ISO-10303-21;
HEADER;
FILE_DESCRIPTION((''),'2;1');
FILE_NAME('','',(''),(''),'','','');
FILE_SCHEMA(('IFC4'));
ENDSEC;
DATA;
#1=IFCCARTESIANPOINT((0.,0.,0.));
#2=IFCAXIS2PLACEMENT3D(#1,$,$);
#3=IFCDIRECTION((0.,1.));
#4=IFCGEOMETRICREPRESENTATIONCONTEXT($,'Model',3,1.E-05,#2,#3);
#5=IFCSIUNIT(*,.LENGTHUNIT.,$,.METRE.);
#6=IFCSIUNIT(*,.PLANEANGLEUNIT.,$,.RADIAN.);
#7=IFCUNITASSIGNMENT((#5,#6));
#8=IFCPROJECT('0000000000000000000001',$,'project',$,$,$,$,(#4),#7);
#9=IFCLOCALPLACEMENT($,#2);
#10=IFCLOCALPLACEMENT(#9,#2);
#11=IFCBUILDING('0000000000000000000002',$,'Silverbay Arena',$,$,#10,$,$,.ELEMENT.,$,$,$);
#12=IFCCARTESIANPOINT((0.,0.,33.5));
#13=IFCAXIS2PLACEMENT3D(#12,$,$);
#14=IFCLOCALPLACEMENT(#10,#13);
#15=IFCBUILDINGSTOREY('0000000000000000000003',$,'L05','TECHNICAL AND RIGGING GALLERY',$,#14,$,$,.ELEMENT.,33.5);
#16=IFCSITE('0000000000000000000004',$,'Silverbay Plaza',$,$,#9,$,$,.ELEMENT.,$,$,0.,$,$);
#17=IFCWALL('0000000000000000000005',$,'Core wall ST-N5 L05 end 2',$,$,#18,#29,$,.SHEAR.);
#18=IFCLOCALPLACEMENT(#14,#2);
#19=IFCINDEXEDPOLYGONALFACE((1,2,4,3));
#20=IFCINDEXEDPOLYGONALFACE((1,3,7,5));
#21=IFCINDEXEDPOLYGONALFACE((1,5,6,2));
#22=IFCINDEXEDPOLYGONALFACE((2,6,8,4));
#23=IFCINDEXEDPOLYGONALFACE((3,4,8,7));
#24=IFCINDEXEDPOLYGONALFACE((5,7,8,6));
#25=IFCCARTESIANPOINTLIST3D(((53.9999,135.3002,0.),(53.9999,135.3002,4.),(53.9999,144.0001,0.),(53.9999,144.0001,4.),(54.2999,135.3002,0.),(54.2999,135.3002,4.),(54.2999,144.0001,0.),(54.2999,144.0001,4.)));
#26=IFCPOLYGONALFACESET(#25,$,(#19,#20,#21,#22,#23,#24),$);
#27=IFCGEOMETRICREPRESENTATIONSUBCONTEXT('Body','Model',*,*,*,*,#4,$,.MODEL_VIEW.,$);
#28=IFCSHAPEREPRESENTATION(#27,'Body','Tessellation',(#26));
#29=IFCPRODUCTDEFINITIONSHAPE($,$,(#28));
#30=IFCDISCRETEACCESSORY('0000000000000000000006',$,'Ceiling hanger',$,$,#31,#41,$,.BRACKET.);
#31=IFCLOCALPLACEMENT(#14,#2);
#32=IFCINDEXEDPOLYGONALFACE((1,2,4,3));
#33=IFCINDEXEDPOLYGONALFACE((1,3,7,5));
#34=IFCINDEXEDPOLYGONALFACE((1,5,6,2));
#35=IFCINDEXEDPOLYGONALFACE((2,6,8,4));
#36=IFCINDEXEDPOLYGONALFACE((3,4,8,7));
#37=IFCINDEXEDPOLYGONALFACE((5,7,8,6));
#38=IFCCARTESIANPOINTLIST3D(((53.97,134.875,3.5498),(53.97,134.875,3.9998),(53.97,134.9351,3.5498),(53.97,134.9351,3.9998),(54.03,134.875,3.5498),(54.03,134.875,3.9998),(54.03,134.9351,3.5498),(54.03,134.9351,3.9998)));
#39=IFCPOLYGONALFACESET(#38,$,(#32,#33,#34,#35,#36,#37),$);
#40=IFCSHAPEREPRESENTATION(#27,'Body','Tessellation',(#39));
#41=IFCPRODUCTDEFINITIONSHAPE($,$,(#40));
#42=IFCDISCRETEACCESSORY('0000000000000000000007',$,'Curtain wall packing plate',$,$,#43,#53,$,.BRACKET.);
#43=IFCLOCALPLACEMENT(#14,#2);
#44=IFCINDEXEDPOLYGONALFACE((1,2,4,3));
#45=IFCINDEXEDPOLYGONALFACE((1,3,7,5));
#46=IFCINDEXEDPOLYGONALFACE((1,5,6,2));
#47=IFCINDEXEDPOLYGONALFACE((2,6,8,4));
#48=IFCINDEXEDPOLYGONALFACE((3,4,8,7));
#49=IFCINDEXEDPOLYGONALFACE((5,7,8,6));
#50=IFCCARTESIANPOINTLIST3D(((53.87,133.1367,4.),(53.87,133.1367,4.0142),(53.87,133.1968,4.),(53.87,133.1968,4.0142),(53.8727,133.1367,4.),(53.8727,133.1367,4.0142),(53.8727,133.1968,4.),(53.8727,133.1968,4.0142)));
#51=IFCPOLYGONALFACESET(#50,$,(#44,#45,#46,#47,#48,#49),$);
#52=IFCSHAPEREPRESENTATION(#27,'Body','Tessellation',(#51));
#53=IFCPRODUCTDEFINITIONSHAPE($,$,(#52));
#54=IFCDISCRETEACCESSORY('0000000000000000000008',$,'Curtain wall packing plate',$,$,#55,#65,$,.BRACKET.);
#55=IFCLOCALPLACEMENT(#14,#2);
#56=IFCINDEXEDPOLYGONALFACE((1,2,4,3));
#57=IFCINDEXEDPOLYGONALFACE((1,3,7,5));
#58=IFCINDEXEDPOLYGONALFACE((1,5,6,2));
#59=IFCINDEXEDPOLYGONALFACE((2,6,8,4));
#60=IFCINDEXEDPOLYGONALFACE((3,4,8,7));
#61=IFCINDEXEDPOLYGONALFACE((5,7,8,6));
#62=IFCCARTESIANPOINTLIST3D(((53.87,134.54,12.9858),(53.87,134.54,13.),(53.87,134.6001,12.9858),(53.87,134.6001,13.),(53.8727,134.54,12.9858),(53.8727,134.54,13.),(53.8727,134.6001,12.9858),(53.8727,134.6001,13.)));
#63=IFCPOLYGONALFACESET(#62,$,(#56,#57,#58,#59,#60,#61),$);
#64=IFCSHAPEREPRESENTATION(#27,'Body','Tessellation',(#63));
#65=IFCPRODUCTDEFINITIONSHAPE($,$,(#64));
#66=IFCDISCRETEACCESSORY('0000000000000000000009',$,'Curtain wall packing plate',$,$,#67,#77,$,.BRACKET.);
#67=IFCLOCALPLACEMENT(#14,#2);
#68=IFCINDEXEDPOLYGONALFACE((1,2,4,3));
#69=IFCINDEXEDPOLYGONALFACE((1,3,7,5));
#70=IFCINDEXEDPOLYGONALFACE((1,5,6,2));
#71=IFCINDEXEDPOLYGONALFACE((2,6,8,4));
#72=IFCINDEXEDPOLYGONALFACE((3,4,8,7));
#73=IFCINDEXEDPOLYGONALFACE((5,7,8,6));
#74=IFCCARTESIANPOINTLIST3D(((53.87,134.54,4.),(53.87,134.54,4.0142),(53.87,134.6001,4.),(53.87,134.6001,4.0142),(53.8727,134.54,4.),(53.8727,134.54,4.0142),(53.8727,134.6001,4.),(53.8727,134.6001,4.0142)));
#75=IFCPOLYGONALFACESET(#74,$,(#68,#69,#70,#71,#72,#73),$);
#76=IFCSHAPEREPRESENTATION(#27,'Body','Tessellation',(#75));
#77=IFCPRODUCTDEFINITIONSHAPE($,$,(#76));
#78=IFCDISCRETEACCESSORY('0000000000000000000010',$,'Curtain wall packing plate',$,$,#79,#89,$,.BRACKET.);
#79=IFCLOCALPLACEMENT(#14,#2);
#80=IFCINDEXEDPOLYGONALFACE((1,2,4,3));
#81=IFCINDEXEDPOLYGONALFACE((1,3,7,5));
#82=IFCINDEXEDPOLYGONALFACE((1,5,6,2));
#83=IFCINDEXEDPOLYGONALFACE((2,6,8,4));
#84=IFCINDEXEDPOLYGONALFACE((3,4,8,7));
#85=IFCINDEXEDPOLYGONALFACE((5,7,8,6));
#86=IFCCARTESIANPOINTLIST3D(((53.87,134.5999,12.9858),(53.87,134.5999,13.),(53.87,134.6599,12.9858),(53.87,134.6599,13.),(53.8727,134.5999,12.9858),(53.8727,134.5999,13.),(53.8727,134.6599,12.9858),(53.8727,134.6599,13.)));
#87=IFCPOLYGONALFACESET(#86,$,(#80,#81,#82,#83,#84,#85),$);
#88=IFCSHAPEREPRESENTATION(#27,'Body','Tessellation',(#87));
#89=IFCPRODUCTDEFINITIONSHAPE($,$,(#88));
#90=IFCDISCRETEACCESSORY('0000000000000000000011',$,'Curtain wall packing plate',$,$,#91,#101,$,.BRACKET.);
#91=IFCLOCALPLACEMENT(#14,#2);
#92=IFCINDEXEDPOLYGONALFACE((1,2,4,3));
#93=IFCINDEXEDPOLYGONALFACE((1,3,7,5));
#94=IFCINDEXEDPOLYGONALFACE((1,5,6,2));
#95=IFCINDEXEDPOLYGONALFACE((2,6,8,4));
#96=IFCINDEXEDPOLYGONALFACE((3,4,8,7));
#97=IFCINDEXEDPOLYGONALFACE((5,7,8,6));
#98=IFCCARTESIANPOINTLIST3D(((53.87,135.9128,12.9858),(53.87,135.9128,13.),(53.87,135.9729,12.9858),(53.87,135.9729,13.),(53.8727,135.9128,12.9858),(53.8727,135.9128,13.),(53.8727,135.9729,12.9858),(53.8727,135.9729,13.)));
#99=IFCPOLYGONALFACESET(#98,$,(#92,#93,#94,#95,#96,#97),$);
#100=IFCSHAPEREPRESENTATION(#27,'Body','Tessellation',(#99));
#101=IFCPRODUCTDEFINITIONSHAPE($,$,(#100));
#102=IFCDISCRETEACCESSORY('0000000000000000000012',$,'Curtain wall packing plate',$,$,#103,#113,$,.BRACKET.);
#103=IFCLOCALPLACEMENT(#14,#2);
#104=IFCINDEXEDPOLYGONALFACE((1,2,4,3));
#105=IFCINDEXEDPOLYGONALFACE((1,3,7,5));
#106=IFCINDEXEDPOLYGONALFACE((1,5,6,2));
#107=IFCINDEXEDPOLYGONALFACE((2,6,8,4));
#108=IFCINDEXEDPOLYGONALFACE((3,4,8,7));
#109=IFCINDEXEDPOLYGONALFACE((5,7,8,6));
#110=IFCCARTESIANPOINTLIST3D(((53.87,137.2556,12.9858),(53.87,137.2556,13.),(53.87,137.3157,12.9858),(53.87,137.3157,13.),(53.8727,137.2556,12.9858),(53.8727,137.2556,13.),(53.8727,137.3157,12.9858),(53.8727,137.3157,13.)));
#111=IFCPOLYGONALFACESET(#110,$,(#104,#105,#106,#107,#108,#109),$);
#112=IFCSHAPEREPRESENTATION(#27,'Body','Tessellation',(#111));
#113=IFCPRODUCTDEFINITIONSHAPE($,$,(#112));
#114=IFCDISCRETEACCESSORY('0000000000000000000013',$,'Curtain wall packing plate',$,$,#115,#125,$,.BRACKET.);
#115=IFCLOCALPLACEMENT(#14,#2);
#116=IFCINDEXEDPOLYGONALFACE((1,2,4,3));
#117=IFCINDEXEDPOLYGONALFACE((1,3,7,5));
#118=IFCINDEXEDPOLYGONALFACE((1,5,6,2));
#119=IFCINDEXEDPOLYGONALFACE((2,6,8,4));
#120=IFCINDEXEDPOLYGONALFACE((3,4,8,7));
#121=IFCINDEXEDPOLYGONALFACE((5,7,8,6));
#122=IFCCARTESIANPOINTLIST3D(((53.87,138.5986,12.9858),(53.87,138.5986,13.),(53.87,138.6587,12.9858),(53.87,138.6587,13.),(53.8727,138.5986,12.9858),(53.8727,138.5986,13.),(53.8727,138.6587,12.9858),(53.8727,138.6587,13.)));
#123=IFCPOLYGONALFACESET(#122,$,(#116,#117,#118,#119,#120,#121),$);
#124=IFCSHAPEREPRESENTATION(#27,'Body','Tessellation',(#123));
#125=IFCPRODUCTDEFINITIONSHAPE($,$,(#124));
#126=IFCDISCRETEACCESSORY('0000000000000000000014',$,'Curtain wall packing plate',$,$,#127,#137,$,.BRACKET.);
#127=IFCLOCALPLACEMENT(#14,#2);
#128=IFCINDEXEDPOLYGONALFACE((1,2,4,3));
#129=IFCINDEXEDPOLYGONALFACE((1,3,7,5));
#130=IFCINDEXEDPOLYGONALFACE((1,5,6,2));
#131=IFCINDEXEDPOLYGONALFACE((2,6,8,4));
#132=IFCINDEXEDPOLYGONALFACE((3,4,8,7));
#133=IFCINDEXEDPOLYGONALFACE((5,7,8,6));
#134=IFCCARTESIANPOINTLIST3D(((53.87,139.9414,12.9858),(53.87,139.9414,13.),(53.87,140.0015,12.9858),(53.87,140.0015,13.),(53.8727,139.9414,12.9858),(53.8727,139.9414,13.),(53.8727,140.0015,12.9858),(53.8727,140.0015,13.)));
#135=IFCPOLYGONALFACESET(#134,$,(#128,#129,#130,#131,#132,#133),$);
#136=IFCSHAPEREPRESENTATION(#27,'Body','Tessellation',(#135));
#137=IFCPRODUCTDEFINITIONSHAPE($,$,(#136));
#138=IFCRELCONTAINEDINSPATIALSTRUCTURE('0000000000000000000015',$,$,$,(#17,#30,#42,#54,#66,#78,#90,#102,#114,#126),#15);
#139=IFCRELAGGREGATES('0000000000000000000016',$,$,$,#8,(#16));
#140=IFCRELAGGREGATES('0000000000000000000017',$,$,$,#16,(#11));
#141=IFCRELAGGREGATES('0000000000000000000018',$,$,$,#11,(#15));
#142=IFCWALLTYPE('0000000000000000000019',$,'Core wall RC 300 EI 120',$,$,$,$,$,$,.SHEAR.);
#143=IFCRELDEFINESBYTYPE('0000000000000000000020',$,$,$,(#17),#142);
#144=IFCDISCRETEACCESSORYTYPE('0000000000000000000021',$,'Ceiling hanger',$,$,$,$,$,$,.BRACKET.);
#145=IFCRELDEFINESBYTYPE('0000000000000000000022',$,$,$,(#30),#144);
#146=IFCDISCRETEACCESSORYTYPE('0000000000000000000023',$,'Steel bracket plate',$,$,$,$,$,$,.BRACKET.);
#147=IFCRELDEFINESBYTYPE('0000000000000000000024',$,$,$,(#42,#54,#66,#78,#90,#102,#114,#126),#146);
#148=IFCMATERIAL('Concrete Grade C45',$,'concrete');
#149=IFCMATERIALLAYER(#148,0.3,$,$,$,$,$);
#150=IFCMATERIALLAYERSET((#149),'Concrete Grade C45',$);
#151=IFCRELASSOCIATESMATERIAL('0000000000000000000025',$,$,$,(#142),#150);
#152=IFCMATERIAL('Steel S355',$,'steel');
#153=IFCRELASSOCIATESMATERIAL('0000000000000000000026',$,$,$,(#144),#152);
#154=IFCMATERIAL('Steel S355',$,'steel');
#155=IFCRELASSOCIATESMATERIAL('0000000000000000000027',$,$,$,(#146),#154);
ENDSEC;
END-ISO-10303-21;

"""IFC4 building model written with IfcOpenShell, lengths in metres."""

from ifc_helpers import new_model, si_unit, direction, frame, frame_2d, origin, origin_2d, place, context, subcontext, project, spatial, rectangle, extrude, material, layer, layer_set, type_object, element, save


model = new_model("IFC4")

# Units and contexts
model_context = context("Model", 3, precision=1e-05, world=origin(), true_north=direction((0.0, 1.0)))
body_context = subcontext(model_context, "Body", "Model", "MODEL_VIEW")
ifc_project = project(units=[si_unit("LENGTHUNIT", "METRE"), si_unit("PLANEANGLEUNIT", "RADIAN")], contexts=[model_context])

# Site, building, storey
site_placement = place(None, origin())
site = spatial("IfcSite", under=ifc_project, at=site_placement, Name="Silverbay Plaza", CompositionType="ELEMENT", RefElevation=0.0)
building_placement = place(site_placement, origin())
building = spatial("IfcBuilding", under=site, at=building_placement, Name="Silverbay Arena", CompositionType="ELEMENT")
storey_placement = place(building_placement, frame((0.0, 0.0, 33.5)))
storey = spatial("IfcBuildingStorey", under=building, at=storey_placement, Name="L05", Description="TECHNICAL AND RIGGING GALLERY", CompositionType="ELEMENT", Elevation=33.5)

# Wall
ifc_material_1 = material(Name="Concrete Grade C45", Category="concrete")
ifc_layer_1 = layer(ifc_material_1, 0.3)
ifc_layer_set_1 = layer_set([ifc_layer_1], Name="Concrete Grade C45")
wall_type = type_object("IfcWallType", Name="Core wall RC 300 EI 120", PredefinedType="SHEAR", material=ifc_layer_set_1)
wall_placement = place(storey_placement, frame((54.1499, 135.3, 0.0), z_axis=(0.0, 0.0, 1.0), x_axis=(0.0, 1.0, 0.0)))
element("IfcWall", 1, at=wall_placement, inside=storey, type_object=wall_type, Name="Core wall ST-N5 L05 end 2", PredefinedType="SHEAR", context=body_context, shape_type="SweptSolid", body=[
    extrude(rectangle(XDim=8.7, YDim=0.3, at=frame_2d((4.3501, 0.0))), origin(), (0.0, 0.0, 1.0), 4.0),
])

# Discrete accessories
ifc_material_2 = material(Name="Steel S355", Category="steel")
discrete_accessory_type_1 = type_object("IfcDiscreteAccessoryType", Name="Ceiling hanger", PredefinedType="BRACKET", material=ifc_material_2)
discrete_accessory_placement = place(storey_placement, frame((54.0, 134.905, 3.5498), z_axis=(0.0, 0.0, 1.0), x_axis=(1.0, 0.0, 0.0)))
element("IfcDiscreteAccessory", 2, at=discrete_accessory_placement, inside=storey, type_object=discrete_accessory_type_1, Name="Ceiling hanger", PredefinedType="BRACKET", context=body_context, shape_type="SweptSolid", body=[
    extrude(rectangle(XDim=0.0601, YDim=0.0601, at=origin_2d()), origin(), (0.0, 0.0, 1.0), 0.45),
])
ifc_material_3 = material(Name="Steel S355", Category="steel")
discrete_accessory_type_2 = type_object("IfcDiscreteAccessoryType", Name="Steel bracket plate", PredefinedType="BRACKET", material=ifc_material_3)
for number, where, z_axis, x_axis, name in (
    (3, (53.8713, 133.1667, 4.0), (0.0, 0.0, 1.0), (1.0, 0.0, 0.0), "Curtain wall packing plate"),
    (4, (53.8713, 134.5701, 12.9858), (0.0, 0.0, 1.0), (1.0, 0.0, 0.0), "Curtain wall packing plate"),
    (5, (53.8713, 134.5701, 4.0), (0.0, 0.0, 1.0), (1.0, 0.0, 0.0), "Curtain wall packing plate"),
    (6, (53.8713, 134.6299, 12.9858), (0.0, 0.0, 1.0), (1.0, 0.0, 0.0), "Curtain wall packing plate"),
    (7, (53.8713, 135.9429, 12.9858), (0.0, 0.0, 1.0), (1.0, 0.0, 0.0), "Curtain wall packing plate"),
    (8, (53.8713, 137.2856, 12.9858), (0.0, 0.0, 1.0), (1.0, 0.0, 0.0), "Curtain wall packing plate"),
    (9, (53.8713, 138.6287, 12.9858), (0.0, 0.0, 1.0), (1.0, 0.0, 0.0), "Curtain wall packing plate"),
    (10, (53.8713, 139.9714, 12.9858), (0.0, 0.0, 1.0), (1.0, 0.0, 0.0), "Curtain wall packing plate"),
):
    element("IfcDiscreteAccessory", number, at=place(storey_placement, frame(where, z_axis=z_axis, x_axis=x_axis)), inside=storey, type_object=discrete_accessory_type_2, Name=name, PredefinedType="BRACKET", context=body_context, shape_type="SweptSolid", body=[
        extrude(rectangle(XDim=0.0027, YDim=0.0601, at=origin_2d()), origin(), (0.0, 0.0, 1.0), 0.0142),
    ])

save(model, "model.ifc")
